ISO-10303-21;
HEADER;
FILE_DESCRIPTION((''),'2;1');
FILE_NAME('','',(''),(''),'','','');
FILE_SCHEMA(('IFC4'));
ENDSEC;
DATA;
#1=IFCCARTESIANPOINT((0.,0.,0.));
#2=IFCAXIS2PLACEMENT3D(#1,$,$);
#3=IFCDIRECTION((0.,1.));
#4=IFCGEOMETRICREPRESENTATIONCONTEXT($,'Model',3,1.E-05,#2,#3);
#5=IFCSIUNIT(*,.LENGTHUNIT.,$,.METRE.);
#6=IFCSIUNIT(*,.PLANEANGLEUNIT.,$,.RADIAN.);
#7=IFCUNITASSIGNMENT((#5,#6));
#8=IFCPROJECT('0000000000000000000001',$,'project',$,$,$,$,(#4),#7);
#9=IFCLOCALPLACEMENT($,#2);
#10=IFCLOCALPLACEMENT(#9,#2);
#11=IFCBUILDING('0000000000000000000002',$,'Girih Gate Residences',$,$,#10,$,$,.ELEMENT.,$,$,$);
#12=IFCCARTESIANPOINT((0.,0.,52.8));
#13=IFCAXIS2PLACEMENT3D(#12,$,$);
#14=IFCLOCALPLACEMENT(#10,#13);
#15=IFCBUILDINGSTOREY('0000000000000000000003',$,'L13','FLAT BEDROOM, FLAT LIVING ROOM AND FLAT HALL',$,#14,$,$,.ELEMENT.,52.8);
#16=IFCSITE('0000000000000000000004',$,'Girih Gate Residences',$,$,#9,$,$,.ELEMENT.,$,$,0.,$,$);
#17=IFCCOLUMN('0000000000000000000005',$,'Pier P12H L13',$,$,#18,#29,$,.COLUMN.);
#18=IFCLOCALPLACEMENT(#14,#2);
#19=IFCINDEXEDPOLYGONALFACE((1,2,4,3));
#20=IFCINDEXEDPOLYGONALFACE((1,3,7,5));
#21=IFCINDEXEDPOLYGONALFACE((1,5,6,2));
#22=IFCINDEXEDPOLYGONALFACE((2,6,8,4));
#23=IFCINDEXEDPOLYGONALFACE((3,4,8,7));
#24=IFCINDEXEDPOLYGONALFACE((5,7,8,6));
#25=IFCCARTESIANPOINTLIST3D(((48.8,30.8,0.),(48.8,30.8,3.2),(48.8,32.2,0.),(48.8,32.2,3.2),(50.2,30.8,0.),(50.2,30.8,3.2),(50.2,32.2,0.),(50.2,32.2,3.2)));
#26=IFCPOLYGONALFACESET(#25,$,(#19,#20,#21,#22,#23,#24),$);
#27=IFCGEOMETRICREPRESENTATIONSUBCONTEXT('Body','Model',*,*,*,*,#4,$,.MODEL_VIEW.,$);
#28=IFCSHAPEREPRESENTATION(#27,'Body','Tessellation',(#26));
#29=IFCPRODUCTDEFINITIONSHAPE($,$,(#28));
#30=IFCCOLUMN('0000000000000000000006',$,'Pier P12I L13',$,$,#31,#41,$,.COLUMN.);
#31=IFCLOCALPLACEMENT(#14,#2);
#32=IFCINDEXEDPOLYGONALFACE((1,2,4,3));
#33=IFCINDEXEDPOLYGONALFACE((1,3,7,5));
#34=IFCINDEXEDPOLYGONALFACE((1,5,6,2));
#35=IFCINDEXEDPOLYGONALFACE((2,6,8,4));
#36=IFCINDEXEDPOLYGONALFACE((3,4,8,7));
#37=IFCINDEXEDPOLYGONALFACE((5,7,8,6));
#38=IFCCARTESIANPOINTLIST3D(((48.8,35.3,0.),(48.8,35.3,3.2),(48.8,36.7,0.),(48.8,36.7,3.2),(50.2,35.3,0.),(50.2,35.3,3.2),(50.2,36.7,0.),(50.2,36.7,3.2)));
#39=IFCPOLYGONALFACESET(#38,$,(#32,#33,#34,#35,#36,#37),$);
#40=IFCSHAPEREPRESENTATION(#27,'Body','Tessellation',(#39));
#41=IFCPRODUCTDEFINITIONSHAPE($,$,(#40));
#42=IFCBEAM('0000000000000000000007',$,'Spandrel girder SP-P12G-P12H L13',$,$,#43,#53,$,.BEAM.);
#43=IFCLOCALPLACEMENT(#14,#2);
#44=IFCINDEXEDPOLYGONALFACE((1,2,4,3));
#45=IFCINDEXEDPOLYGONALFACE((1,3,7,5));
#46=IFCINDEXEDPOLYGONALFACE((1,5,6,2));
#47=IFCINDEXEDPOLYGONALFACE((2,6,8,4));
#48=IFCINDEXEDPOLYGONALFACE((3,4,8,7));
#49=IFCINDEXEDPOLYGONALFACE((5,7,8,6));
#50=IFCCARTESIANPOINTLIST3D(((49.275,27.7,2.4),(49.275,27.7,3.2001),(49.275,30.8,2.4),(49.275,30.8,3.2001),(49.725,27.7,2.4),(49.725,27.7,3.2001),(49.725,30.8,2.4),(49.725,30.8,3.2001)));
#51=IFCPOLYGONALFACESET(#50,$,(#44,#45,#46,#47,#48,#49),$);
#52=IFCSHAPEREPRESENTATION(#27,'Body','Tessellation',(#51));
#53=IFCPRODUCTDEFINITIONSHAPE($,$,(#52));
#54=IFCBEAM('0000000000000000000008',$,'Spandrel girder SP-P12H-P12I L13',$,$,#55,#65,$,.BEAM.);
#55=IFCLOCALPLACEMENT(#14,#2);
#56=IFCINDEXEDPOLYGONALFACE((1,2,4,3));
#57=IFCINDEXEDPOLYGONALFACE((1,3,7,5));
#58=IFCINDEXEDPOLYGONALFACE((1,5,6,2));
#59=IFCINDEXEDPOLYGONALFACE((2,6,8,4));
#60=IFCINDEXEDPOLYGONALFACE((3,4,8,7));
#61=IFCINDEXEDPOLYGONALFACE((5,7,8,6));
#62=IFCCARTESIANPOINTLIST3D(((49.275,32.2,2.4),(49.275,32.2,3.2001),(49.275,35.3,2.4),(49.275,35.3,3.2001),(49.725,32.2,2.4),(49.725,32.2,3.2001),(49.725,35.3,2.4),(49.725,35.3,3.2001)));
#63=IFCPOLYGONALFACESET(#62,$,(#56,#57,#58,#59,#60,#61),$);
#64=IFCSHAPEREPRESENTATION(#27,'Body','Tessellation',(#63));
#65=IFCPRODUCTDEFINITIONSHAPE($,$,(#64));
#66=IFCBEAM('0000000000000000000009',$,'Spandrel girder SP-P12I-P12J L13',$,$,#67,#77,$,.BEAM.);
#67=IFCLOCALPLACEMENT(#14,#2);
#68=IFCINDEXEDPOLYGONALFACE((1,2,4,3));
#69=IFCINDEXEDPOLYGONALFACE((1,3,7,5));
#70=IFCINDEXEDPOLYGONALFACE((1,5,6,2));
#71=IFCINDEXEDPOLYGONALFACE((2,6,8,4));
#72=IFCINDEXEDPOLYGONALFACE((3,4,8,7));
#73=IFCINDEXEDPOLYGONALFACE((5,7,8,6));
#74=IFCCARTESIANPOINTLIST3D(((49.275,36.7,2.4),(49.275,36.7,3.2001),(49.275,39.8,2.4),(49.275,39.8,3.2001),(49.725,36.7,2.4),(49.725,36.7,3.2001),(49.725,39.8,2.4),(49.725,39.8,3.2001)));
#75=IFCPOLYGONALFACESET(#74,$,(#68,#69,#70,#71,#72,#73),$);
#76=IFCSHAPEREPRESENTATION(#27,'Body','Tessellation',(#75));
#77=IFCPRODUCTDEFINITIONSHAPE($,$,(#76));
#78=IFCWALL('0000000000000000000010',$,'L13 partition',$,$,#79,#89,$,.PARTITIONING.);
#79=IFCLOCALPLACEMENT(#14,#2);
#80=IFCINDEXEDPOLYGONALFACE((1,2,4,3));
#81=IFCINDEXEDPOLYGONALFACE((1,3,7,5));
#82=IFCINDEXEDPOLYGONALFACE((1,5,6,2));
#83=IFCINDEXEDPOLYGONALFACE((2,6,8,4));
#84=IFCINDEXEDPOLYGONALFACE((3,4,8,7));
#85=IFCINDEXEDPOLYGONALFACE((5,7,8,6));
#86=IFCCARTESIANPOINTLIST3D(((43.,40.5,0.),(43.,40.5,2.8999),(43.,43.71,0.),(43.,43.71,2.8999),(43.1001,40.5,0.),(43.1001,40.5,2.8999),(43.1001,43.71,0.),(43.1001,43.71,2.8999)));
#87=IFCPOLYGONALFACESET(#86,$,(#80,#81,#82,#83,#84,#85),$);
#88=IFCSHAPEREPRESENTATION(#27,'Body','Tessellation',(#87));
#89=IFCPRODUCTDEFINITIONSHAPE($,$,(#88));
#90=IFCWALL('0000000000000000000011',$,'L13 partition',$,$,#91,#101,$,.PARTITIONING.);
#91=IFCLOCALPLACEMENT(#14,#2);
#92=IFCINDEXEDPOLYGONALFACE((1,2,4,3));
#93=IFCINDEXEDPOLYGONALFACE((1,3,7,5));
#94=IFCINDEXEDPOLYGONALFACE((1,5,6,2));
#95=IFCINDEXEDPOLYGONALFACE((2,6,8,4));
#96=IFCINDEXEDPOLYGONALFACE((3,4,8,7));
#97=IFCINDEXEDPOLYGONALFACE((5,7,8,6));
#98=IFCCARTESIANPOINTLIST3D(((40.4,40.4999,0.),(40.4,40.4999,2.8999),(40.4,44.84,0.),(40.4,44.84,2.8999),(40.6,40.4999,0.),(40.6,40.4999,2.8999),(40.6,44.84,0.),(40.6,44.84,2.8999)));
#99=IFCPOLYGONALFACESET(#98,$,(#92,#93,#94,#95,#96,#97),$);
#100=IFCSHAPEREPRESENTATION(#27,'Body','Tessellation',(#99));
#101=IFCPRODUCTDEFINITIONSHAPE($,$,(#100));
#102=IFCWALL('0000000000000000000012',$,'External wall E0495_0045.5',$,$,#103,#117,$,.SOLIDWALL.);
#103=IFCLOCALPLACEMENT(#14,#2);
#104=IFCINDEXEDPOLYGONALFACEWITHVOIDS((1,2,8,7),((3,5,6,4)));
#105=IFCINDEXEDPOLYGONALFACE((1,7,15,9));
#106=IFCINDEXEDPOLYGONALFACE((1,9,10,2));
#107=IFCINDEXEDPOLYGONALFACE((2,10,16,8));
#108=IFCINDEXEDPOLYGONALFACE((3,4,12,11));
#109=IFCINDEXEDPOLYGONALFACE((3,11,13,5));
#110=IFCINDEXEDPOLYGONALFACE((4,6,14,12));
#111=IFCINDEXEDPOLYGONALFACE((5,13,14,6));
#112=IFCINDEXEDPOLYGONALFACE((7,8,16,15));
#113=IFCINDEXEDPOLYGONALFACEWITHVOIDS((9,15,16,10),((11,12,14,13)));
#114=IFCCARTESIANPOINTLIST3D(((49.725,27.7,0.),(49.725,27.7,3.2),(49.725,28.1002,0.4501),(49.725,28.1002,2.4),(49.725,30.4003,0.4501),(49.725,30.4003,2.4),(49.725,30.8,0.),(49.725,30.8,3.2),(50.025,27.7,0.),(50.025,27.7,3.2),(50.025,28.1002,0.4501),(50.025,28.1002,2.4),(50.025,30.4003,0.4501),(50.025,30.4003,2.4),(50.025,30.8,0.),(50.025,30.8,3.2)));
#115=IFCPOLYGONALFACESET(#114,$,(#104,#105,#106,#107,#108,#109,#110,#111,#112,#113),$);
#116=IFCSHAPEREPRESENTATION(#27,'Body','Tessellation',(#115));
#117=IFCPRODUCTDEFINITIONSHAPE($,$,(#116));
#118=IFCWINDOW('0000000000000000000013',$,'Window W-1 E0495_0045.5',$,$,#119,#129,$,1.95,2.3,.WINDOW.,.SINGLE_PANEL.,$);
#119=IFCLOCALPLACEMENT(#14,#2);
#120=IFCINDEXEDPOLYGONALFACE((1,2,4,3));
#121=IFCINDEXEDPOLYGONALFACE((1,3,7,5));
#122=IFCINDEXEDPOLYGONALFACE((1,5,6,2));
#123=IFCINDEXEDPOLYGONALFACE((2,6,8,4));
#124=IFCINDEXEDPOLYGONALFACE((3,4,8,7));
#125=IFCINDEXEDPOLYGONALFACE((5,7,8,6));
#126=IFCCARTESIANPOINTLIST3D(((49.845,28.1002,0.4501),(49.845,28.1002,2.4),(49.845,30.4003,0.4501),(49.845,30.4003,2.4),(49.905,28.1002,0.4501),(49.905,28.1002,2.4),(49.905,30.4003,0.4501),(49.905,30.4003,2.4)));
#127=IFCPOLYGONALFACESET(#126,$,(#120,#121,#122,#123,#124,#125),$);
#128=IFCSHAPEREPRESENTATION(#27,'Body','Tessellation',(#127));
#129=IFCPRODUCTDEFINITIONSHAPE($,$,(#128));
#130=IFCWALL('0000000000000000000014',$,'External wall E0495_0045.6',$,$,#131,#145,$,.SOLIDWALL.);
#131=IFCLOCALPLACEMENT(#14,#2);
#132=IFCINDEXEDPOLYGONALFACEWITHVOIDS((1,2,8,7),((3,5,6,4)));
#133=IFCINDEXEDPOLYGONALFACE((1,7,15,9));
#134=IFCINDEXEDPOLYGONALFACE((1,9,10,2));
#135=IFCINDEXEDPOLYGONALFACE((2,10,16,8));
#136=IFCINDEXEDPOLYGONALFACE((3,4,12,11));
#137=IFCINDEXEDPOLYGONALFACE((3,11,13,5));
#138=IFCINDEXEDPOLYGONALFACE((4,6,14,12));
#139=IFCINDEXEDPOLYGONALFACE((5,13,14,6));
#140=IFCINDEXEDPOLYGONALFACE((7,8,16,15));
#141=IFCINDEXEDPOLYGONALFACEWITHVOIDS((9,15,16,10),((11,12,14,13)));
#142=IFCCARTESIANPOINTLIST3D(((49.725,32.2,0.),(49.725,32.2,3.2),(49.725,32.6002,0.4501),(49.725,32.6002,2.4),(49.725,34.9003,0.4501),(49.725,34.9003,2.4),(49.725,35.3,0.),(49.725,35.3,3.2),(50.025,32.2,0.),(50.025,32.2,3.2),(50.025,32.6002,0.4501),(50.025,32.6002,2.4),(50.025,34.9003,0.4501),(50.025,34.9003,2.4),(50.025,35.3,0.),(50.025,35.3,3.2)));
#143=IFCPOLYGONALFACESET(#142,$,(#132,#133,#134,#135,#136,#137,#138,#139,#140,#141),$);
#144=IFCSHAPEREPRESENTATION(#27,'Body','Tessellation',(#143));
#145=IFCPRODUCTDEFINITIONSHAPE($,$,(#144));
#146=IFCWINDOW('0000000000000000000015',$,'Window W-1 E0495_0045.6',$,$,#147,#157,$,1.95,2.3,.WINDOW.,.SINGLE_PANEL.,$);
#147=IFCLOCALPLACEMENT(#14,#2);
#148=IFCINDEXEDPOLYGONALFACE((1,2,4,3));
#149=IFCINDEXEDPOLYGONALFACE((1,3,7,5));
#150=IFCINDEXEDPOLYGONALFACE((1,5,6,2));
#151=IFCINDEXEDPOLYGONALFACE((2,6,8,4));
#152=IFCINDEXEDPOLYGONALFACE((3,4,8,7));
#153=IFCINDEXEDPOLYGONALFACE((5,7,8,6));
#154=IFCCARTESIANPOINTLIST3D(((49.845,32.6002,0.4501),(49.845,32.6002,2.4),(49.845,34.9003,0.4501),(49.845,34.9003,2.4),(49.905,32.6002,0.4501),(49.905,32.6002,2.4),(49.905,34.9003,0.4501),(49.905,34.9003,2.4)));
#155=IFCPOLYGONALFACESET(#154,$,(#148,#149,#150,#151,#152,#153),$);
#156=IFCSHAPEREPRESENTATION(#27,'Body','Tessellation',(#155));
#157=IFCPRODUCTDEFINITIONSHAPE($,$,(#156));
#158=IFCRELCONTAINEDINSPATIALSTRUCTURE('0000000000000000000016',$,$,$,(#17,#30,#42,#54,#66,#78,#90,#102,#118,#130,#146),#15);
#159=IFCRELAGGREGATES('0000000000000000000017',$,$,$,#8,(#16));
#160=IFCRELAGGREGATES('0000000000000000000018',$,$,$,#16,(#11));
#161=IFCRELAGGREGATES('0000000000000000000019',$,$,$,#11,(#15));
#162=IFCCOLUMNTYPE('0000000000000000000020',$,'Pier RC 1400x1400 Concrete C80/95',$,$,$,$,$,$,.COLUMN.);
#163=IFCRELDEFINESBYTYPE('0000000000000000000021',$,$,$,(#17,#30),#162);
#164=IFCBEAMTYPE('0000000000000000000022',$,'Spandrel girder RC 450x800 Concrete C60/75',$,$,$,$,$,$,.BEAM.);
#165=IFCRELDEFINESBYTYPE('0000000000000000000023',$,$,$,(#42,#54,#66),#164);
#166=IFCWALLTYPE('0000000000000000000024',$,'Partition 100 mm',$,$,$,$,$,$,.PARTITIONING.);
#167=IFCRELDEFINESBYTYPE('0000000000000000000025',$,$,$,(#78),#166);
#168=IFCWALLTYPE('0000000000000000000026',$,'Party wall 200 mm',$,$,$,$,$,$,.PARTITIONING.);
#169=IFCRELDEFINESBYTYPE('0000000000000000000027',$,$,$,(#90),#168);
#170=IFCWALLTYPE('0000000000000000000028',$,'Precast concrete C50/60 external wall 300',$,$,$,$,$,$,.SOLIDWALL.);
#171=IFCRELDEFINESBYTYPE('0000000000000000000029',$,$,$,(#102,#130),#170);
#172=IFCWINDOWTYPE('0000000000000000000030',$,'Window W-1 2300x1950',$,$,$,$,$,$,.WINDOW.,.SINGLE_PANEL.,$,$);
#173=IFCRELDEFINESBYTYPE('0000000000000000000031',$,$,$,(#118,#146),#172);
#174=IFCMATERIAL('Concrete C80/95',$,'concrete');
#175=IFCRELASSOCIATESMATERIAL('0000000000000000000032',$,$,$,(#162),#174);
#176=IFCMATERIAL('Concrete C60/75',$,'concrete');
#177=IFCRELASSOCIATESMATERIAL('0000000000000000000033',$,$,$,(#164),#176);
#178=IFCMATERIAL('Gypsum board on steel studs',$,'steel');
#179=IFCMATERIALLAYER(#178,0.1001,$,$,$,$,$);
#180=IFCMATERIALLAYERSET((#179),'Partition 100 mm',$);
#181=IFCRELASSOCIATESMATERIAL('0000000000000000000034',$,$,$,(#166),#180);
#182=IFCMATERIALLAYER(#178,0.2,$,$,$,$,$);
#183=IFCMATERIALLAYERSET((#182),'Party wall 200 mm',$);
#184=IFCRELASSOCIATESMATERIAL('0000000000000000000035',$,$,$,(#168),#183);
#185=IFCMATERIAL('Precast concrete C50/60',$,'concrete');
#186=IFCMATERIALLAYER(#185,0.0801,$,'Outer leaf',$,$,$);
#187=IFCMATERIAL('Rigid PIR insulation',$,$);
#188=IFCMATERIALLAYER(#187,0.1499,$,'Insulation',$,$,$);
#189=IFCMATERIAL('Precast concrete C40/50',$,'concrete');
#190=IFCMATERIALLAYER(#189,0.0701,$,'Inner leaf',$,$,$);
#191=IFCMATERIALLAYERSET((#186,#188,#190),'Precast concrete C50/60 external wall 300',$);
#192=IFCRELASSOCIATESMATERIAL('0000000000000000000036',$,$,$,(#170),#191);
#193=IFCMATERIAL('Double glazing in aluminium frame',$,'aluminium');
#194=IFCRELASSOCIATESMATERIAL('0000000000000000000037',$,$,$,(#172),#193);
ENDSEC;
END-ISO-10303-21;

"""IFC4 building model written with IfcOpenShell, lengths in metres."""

from ifc_helpers import new_model, si_unit, direction, frame, frame_2d, origin, origin_2d, place, context, subcontext, project, spatial, rectangle, extrude, material, layer, layer_set, material_profile, profile_set, type_object, element, fill, save


model = new_model("IFC4")

# Units and contexts
model_context = context("Model", 3, precision=1e-05, world=origin(), true_north=direction((0.0, 1.0)))
body_context = subcontext(model_context, "Body", "Model", "MODEL_VIEW")
ifc_project = project(units=[si_unit("LENGTHUNIT", "METRE"), si_unit("PLANEANGLEUNIT", "RADIAN")], contexts=[model_context])

# Site, building, storey
site_placement = place(None, origin())
site = spatial("IfcSite", under=ifc_project, at=site_placement, Name="Girih Gate Residences", CompositionType="ELEMENT", RefElevation=0.0)
building_placement = place(site_placement, origin())
building = spatial("IfcBuilding", under=site, at=building_placement, Name="Girih Gate Residences", CompositionType="ELEMENT")
storey_placement = place(building_placement, frame((0.0, 0.0, 52.8)))
storey = spatial("IfcBuildingStorey", under=building, at=storey_placement, Name="L13", Description="FLAT BEDROOM, FLAT LIVING ROOM AND FLAT HALL", CompositionType="ELEMENT", Elevation=52.8)

# Columns
ifc_material_1 = material(Name="Concrete C80/95", Category="concrete")
ifc_material_profile_1 = material_profile(ifc_material_1, rectangle(XDim=1.3999, YDim=1.3999, at=origin_2d()))
ifc_profile_set_1 = profile_set([ifc_material_profile_1], Name="Concrete C80/95")
column_type = type_object("IfcColumnType", Name="Pier RC 1400x1400 Concrete C80/95", PredefinedType="COLUMN", material=ifc_profile_set_1)
for number, where, z_axis, x_axis, name in (
    (1, (49.5, 31.5, 0.0), (0.0, 0.0, 1.0), (1.0, 0.0, 0.0), "Pier P12H L13"),
    (2, (49.5, 36.0, 0.0), (0.0, 0.0, 1.0), (1.0, 0.0, 0.0), "Pier P12I L13"),
):
    element("IfcColumn", number, at=place(storey_placement, frame(where, z_axis=z_axis, x_axis=x_axis)), inside=storey, type_object=column_type, Name=name, PredefinedType="COLUMN", context=body_context, shape_type="SweptSolid", body=[
        extrude(rectangle(XDim=1.3999, YDim=1.3999, at=origin_2d()), origin(), (0.0, 0.0, 1.0), 3.2),
    ])

# Beams
ifc_material_2 = material(Name="Concrete C60/75", Category="concrete")
ifc_material_profile_2 = material_profile(ifc_material_2, rectangle(XDim=0.45, YDim=0.8, at=origin_2d()))
ifc_profile_set_2 = profile_set([ifc_material_profile_2], Name="Concrete C60/75")
beam_type = type_object("IfcBeamType", Name="Spandrel girder RC 450x800 Concrete C60/75", PredefinedType="BEAM", material=ifc_profile_set_2)
for number, where, z_axis, x_axis, name in (
    (3, (49.5, 27.7, 2.8), (0.0, 1.0, 0.0), (-1.0, 0.0, 0.0), "Spandrel girder SP-P12G-P12H L13"),
    (4, (49.5, 32.2, 2.8), (0.0, 1.0, 0.0), (-1.0, 0.0, 0.0), "Spandrel girder SP-P12H-P12I L13"),
    (5, (49.5, 36.7, 2.8), (0.0, 1.0, 0.0), (-1.0, 0.0, 0.0), "Spandrel girder SP-P12I-P12J L13"),
):
    element("IfcBeam", number, at=place(storey_placement, frame(where, z_axis=z_axis, x_axis=x_axis)), inside=storey, type_object=beam_type, Name=name, PredefinedType="BEAM", context=body_context, shape_type="SweptSolid", body=[
        extrude(rectangle(XDim=0.45, YDim=0.8, at=origin_2d()), origin(), (0.0, 0.0, 1.0), 3.1001),
    ])

# Walls
ifc_material_3 = material(Name="Gypsum board on steel studs", Category="steel")
ifc_layer_1 = layer(ifc_material_3, 0.1001)
ifc_layer_set_1 = layer_set([ifc_layer_1], Name="Partition 100 mm")
wall_type_1 = type_object("IfcWallType", Name="Partition 100 mm", PredefinedType="PARTITIONING", material=ifc_layer_set_1)
wall_1_placement = place(storey_placement, frame((43.05, 40.5, 0.0), z_axis=(0.0, 0.0, 1.0), x_axis=(0.0, 1.0, 0.0)))
element("IfcWall", 6, at=wall_1_placement, inside=storey, type_object=wall_type_1, Name="L13 partition", PredefinedType="PARTITIONING", context=body_context, shape_type="SweptSolid", body=[
    extrude(rectangle(XDim=3.21, YDim=0.1001, at=frame_2d((1.605, 0.0))), origin(), (0.0, 0.0, 1.0), 2.8999),
])
ifc_layer_2 = layer(ifc_material_3, 0.2)
ifc_layer_set_2 = layer_set([ifc_layer_2], Name="Party wall 200 mm")
wall_type_2 = type_object("IfcWallType", Name="Party wall 200 mm", PredefinedType="PARTITIONING", material=ifc_layer_set_2)
wall_2_placement = place(storey_placement, frame((40.5, 40.5, 0.0), z_axis=(0.0, 0.0, 1.0), x_axis=(0.0, 1.0, 0.0)))
element("IfcWall", 7, at=wall_2_placement, inside=storey, type_object=wall_type_2, Name="L13 partition", PredefinedType="PARTITIONING", context=body_context, shape_type="SweptSolid", body=[
    extrude(rectangle(XDim=4.3401, YDim=0.2, at=frame_2d((2.1699, 0.0))), origin(), (0.0, 0.0, 1.0), 2.8999),
])

# Walls, openings, windows
ifc_material_4 = material(Name="Precast concrete C50/60", Category="concrete")
ifc_layer_3 = layer(ifc_material_4, 0.0801, Name="Outer leaf")
ifc_material_5 = material(Name="Rigid PIR insulation")
ifc_layer_4 = layer(ifc_material_5, 0.1499, Name="Insulation")
ifc_material_6 = material(Name="Precast concrete C40/50", Category="concrete")
ifc_layer_5 = layer(ifc_material_6, 0.0701, Name="Inner leaf")
ifc_layer_set_3 = layer_set([ifc_layer_3, ifc_layer_4, ifc_layer_5], Name="Precast concrete C50/60 external wall 300")
wall_type_3 = type_object("IfcWallType", Name="Precast concrete C50/60 external wall 300", PredefinedType="SOLIDWALL", material=ifc_layer_set_3)
wall_3_placement = place(storey_placement, frame((49.875, 30.8, 0.0), z_axis=(0.0, 0.0, 1.0), x_axis=(0.0, -1.0, 0.0)))
wall_3 = element("IfcWall", 8, at=wall_3_placement, inside=storey, type_object=wall_type_3, Name="External wall E0495_0045.5", PredefinedType="SOLIDWALL", context=body_context, shape_type="SweptSolid", body=[
    extrude(rectangle(XDim=3.1001, YDim=0.3, at=frame_2d((1.55, 0.0))), origin(), (0.0, 0.0, 1.0), 3.2),
])
opening_1_placement = place(wall_3_placement, frame((0.3999, 0.0, 0.45)))
opening_1 = element("IfcOpeningElement", 9, at=opening_1_placement, cuts=wall_3, PredefinedType="OPENING", context=body_context, shape_type="SweptSolid", body=[
    extrude(rectangle(XDim=2.3, YDim=1.95, at=frame_2d((1.1499, 0.9751))), frame((0.0, 0.1599, 0.0), z_axis=(0.0, -1.0, 0.0), x_axis=(1.0, 0.0, 0.0)), (0.0, 0.0, 1.0), 0.3201),
])
ifc_material_7 = material(Name="Double glazing in aluminium frame", Category="aluminium")
window_type = type_object("IfcWindowType", Name="Window W-1 2300x1950", PartitioningType="SINGLE_PANEL", PredefinedType="WINDOW", material=ifc_material_7)
window_1_placement = place(opening_1_placement, origin())
window_1 = element("IfcWindow", 10, at=window_1_placement, inside=storey, type_object=window_type, Name="Window W-1 E0495_0045.5", OverallHeight=1.95, OverallWidth=2.3, PartitioningType="SINGLE_PANEL", PredefinedType="WINDOW", context=body_context, shape_type="SweptSolid", body=[
    extrude(rectangle(XDim=2.3, YDim=1.95, at=frame_2d((1.1499, 0.9751))), frame((0.0, 0.03, 0.0), z_axis=(0.0, -1.0, 0.0), x_axis=(1.0, 0.0, 0.0)), (0.0, 0.0, 1.0), 0.0601),
])
fill(opening_1, window_1)
wall_4_placement = place(storey_placement, frame((49.875, 35.3, 0.0), z_axis=(0.0, 0.0, 1.0), x_axis=(0.0, -1.0, 0.0)))
wall_4 = element("IfcWall", 11, at=wall_4_placement, inside=storey, type_object=wall_type_3, Name="External wall E0495_0045.6", PredefinedType="SOLIDWALL", context=body_context, shape_type="SweptSolid", body=[
    extrude(rectangle(XDim=3.1001, YDim=0.3, at=frame_2d((1.55, 0.0))), origin(), (0.0, 0.0, 1.0), 3.2),
])
opening_2_placement = place(wall_4_placement, frame((0.3999, 0.0, 0.45)))
opening_2 = element("IfcOpeningElement", 12, at=opening_2_placement, cuts=wall_4, PredefinedType="OPENING", context=body_context, shape_type="SweptSolid", body=[
    extrude(rectangle(XDim=2.3, YDim=1.95, at=frame_2d((1.1499, 0.9751))), frame((0.0, 0.1599, 0.0), z_axis=(0.0, -1.0, 0.0), x_axis=(1.0, 0.0, 0.0)), (0.0, 0.0, 1.0), 0.3201),
])
window_2_placement = place(opening_2_placement, origin())
window_2 = element("IfcWindow", 13, at=window_2_placement, inside=storey, type_object=window_type, Name="Window W-1 E0495_0045.6", OverallHeight=1.95, OverallWidth=2.3, PartitioningType="SINGLE_PANEL", PredefinedType="WINDOW", context=body_context, shape_type="SweptSolid", body=[
    extrude(rectangle(XDim=2.3, YDim=1.95, at=frame_2d((1.1499, 0.9751))), frame((0.0, 0.03, 0.0), z_axis=(0.0, -1.0, 0.0), x_axis=(1.0, 0.0, 0.0)), (0.0, 0.0, 1.0), 0.0601),
])
fill(opening_2, window_2)

save(model, "model.ifc")
